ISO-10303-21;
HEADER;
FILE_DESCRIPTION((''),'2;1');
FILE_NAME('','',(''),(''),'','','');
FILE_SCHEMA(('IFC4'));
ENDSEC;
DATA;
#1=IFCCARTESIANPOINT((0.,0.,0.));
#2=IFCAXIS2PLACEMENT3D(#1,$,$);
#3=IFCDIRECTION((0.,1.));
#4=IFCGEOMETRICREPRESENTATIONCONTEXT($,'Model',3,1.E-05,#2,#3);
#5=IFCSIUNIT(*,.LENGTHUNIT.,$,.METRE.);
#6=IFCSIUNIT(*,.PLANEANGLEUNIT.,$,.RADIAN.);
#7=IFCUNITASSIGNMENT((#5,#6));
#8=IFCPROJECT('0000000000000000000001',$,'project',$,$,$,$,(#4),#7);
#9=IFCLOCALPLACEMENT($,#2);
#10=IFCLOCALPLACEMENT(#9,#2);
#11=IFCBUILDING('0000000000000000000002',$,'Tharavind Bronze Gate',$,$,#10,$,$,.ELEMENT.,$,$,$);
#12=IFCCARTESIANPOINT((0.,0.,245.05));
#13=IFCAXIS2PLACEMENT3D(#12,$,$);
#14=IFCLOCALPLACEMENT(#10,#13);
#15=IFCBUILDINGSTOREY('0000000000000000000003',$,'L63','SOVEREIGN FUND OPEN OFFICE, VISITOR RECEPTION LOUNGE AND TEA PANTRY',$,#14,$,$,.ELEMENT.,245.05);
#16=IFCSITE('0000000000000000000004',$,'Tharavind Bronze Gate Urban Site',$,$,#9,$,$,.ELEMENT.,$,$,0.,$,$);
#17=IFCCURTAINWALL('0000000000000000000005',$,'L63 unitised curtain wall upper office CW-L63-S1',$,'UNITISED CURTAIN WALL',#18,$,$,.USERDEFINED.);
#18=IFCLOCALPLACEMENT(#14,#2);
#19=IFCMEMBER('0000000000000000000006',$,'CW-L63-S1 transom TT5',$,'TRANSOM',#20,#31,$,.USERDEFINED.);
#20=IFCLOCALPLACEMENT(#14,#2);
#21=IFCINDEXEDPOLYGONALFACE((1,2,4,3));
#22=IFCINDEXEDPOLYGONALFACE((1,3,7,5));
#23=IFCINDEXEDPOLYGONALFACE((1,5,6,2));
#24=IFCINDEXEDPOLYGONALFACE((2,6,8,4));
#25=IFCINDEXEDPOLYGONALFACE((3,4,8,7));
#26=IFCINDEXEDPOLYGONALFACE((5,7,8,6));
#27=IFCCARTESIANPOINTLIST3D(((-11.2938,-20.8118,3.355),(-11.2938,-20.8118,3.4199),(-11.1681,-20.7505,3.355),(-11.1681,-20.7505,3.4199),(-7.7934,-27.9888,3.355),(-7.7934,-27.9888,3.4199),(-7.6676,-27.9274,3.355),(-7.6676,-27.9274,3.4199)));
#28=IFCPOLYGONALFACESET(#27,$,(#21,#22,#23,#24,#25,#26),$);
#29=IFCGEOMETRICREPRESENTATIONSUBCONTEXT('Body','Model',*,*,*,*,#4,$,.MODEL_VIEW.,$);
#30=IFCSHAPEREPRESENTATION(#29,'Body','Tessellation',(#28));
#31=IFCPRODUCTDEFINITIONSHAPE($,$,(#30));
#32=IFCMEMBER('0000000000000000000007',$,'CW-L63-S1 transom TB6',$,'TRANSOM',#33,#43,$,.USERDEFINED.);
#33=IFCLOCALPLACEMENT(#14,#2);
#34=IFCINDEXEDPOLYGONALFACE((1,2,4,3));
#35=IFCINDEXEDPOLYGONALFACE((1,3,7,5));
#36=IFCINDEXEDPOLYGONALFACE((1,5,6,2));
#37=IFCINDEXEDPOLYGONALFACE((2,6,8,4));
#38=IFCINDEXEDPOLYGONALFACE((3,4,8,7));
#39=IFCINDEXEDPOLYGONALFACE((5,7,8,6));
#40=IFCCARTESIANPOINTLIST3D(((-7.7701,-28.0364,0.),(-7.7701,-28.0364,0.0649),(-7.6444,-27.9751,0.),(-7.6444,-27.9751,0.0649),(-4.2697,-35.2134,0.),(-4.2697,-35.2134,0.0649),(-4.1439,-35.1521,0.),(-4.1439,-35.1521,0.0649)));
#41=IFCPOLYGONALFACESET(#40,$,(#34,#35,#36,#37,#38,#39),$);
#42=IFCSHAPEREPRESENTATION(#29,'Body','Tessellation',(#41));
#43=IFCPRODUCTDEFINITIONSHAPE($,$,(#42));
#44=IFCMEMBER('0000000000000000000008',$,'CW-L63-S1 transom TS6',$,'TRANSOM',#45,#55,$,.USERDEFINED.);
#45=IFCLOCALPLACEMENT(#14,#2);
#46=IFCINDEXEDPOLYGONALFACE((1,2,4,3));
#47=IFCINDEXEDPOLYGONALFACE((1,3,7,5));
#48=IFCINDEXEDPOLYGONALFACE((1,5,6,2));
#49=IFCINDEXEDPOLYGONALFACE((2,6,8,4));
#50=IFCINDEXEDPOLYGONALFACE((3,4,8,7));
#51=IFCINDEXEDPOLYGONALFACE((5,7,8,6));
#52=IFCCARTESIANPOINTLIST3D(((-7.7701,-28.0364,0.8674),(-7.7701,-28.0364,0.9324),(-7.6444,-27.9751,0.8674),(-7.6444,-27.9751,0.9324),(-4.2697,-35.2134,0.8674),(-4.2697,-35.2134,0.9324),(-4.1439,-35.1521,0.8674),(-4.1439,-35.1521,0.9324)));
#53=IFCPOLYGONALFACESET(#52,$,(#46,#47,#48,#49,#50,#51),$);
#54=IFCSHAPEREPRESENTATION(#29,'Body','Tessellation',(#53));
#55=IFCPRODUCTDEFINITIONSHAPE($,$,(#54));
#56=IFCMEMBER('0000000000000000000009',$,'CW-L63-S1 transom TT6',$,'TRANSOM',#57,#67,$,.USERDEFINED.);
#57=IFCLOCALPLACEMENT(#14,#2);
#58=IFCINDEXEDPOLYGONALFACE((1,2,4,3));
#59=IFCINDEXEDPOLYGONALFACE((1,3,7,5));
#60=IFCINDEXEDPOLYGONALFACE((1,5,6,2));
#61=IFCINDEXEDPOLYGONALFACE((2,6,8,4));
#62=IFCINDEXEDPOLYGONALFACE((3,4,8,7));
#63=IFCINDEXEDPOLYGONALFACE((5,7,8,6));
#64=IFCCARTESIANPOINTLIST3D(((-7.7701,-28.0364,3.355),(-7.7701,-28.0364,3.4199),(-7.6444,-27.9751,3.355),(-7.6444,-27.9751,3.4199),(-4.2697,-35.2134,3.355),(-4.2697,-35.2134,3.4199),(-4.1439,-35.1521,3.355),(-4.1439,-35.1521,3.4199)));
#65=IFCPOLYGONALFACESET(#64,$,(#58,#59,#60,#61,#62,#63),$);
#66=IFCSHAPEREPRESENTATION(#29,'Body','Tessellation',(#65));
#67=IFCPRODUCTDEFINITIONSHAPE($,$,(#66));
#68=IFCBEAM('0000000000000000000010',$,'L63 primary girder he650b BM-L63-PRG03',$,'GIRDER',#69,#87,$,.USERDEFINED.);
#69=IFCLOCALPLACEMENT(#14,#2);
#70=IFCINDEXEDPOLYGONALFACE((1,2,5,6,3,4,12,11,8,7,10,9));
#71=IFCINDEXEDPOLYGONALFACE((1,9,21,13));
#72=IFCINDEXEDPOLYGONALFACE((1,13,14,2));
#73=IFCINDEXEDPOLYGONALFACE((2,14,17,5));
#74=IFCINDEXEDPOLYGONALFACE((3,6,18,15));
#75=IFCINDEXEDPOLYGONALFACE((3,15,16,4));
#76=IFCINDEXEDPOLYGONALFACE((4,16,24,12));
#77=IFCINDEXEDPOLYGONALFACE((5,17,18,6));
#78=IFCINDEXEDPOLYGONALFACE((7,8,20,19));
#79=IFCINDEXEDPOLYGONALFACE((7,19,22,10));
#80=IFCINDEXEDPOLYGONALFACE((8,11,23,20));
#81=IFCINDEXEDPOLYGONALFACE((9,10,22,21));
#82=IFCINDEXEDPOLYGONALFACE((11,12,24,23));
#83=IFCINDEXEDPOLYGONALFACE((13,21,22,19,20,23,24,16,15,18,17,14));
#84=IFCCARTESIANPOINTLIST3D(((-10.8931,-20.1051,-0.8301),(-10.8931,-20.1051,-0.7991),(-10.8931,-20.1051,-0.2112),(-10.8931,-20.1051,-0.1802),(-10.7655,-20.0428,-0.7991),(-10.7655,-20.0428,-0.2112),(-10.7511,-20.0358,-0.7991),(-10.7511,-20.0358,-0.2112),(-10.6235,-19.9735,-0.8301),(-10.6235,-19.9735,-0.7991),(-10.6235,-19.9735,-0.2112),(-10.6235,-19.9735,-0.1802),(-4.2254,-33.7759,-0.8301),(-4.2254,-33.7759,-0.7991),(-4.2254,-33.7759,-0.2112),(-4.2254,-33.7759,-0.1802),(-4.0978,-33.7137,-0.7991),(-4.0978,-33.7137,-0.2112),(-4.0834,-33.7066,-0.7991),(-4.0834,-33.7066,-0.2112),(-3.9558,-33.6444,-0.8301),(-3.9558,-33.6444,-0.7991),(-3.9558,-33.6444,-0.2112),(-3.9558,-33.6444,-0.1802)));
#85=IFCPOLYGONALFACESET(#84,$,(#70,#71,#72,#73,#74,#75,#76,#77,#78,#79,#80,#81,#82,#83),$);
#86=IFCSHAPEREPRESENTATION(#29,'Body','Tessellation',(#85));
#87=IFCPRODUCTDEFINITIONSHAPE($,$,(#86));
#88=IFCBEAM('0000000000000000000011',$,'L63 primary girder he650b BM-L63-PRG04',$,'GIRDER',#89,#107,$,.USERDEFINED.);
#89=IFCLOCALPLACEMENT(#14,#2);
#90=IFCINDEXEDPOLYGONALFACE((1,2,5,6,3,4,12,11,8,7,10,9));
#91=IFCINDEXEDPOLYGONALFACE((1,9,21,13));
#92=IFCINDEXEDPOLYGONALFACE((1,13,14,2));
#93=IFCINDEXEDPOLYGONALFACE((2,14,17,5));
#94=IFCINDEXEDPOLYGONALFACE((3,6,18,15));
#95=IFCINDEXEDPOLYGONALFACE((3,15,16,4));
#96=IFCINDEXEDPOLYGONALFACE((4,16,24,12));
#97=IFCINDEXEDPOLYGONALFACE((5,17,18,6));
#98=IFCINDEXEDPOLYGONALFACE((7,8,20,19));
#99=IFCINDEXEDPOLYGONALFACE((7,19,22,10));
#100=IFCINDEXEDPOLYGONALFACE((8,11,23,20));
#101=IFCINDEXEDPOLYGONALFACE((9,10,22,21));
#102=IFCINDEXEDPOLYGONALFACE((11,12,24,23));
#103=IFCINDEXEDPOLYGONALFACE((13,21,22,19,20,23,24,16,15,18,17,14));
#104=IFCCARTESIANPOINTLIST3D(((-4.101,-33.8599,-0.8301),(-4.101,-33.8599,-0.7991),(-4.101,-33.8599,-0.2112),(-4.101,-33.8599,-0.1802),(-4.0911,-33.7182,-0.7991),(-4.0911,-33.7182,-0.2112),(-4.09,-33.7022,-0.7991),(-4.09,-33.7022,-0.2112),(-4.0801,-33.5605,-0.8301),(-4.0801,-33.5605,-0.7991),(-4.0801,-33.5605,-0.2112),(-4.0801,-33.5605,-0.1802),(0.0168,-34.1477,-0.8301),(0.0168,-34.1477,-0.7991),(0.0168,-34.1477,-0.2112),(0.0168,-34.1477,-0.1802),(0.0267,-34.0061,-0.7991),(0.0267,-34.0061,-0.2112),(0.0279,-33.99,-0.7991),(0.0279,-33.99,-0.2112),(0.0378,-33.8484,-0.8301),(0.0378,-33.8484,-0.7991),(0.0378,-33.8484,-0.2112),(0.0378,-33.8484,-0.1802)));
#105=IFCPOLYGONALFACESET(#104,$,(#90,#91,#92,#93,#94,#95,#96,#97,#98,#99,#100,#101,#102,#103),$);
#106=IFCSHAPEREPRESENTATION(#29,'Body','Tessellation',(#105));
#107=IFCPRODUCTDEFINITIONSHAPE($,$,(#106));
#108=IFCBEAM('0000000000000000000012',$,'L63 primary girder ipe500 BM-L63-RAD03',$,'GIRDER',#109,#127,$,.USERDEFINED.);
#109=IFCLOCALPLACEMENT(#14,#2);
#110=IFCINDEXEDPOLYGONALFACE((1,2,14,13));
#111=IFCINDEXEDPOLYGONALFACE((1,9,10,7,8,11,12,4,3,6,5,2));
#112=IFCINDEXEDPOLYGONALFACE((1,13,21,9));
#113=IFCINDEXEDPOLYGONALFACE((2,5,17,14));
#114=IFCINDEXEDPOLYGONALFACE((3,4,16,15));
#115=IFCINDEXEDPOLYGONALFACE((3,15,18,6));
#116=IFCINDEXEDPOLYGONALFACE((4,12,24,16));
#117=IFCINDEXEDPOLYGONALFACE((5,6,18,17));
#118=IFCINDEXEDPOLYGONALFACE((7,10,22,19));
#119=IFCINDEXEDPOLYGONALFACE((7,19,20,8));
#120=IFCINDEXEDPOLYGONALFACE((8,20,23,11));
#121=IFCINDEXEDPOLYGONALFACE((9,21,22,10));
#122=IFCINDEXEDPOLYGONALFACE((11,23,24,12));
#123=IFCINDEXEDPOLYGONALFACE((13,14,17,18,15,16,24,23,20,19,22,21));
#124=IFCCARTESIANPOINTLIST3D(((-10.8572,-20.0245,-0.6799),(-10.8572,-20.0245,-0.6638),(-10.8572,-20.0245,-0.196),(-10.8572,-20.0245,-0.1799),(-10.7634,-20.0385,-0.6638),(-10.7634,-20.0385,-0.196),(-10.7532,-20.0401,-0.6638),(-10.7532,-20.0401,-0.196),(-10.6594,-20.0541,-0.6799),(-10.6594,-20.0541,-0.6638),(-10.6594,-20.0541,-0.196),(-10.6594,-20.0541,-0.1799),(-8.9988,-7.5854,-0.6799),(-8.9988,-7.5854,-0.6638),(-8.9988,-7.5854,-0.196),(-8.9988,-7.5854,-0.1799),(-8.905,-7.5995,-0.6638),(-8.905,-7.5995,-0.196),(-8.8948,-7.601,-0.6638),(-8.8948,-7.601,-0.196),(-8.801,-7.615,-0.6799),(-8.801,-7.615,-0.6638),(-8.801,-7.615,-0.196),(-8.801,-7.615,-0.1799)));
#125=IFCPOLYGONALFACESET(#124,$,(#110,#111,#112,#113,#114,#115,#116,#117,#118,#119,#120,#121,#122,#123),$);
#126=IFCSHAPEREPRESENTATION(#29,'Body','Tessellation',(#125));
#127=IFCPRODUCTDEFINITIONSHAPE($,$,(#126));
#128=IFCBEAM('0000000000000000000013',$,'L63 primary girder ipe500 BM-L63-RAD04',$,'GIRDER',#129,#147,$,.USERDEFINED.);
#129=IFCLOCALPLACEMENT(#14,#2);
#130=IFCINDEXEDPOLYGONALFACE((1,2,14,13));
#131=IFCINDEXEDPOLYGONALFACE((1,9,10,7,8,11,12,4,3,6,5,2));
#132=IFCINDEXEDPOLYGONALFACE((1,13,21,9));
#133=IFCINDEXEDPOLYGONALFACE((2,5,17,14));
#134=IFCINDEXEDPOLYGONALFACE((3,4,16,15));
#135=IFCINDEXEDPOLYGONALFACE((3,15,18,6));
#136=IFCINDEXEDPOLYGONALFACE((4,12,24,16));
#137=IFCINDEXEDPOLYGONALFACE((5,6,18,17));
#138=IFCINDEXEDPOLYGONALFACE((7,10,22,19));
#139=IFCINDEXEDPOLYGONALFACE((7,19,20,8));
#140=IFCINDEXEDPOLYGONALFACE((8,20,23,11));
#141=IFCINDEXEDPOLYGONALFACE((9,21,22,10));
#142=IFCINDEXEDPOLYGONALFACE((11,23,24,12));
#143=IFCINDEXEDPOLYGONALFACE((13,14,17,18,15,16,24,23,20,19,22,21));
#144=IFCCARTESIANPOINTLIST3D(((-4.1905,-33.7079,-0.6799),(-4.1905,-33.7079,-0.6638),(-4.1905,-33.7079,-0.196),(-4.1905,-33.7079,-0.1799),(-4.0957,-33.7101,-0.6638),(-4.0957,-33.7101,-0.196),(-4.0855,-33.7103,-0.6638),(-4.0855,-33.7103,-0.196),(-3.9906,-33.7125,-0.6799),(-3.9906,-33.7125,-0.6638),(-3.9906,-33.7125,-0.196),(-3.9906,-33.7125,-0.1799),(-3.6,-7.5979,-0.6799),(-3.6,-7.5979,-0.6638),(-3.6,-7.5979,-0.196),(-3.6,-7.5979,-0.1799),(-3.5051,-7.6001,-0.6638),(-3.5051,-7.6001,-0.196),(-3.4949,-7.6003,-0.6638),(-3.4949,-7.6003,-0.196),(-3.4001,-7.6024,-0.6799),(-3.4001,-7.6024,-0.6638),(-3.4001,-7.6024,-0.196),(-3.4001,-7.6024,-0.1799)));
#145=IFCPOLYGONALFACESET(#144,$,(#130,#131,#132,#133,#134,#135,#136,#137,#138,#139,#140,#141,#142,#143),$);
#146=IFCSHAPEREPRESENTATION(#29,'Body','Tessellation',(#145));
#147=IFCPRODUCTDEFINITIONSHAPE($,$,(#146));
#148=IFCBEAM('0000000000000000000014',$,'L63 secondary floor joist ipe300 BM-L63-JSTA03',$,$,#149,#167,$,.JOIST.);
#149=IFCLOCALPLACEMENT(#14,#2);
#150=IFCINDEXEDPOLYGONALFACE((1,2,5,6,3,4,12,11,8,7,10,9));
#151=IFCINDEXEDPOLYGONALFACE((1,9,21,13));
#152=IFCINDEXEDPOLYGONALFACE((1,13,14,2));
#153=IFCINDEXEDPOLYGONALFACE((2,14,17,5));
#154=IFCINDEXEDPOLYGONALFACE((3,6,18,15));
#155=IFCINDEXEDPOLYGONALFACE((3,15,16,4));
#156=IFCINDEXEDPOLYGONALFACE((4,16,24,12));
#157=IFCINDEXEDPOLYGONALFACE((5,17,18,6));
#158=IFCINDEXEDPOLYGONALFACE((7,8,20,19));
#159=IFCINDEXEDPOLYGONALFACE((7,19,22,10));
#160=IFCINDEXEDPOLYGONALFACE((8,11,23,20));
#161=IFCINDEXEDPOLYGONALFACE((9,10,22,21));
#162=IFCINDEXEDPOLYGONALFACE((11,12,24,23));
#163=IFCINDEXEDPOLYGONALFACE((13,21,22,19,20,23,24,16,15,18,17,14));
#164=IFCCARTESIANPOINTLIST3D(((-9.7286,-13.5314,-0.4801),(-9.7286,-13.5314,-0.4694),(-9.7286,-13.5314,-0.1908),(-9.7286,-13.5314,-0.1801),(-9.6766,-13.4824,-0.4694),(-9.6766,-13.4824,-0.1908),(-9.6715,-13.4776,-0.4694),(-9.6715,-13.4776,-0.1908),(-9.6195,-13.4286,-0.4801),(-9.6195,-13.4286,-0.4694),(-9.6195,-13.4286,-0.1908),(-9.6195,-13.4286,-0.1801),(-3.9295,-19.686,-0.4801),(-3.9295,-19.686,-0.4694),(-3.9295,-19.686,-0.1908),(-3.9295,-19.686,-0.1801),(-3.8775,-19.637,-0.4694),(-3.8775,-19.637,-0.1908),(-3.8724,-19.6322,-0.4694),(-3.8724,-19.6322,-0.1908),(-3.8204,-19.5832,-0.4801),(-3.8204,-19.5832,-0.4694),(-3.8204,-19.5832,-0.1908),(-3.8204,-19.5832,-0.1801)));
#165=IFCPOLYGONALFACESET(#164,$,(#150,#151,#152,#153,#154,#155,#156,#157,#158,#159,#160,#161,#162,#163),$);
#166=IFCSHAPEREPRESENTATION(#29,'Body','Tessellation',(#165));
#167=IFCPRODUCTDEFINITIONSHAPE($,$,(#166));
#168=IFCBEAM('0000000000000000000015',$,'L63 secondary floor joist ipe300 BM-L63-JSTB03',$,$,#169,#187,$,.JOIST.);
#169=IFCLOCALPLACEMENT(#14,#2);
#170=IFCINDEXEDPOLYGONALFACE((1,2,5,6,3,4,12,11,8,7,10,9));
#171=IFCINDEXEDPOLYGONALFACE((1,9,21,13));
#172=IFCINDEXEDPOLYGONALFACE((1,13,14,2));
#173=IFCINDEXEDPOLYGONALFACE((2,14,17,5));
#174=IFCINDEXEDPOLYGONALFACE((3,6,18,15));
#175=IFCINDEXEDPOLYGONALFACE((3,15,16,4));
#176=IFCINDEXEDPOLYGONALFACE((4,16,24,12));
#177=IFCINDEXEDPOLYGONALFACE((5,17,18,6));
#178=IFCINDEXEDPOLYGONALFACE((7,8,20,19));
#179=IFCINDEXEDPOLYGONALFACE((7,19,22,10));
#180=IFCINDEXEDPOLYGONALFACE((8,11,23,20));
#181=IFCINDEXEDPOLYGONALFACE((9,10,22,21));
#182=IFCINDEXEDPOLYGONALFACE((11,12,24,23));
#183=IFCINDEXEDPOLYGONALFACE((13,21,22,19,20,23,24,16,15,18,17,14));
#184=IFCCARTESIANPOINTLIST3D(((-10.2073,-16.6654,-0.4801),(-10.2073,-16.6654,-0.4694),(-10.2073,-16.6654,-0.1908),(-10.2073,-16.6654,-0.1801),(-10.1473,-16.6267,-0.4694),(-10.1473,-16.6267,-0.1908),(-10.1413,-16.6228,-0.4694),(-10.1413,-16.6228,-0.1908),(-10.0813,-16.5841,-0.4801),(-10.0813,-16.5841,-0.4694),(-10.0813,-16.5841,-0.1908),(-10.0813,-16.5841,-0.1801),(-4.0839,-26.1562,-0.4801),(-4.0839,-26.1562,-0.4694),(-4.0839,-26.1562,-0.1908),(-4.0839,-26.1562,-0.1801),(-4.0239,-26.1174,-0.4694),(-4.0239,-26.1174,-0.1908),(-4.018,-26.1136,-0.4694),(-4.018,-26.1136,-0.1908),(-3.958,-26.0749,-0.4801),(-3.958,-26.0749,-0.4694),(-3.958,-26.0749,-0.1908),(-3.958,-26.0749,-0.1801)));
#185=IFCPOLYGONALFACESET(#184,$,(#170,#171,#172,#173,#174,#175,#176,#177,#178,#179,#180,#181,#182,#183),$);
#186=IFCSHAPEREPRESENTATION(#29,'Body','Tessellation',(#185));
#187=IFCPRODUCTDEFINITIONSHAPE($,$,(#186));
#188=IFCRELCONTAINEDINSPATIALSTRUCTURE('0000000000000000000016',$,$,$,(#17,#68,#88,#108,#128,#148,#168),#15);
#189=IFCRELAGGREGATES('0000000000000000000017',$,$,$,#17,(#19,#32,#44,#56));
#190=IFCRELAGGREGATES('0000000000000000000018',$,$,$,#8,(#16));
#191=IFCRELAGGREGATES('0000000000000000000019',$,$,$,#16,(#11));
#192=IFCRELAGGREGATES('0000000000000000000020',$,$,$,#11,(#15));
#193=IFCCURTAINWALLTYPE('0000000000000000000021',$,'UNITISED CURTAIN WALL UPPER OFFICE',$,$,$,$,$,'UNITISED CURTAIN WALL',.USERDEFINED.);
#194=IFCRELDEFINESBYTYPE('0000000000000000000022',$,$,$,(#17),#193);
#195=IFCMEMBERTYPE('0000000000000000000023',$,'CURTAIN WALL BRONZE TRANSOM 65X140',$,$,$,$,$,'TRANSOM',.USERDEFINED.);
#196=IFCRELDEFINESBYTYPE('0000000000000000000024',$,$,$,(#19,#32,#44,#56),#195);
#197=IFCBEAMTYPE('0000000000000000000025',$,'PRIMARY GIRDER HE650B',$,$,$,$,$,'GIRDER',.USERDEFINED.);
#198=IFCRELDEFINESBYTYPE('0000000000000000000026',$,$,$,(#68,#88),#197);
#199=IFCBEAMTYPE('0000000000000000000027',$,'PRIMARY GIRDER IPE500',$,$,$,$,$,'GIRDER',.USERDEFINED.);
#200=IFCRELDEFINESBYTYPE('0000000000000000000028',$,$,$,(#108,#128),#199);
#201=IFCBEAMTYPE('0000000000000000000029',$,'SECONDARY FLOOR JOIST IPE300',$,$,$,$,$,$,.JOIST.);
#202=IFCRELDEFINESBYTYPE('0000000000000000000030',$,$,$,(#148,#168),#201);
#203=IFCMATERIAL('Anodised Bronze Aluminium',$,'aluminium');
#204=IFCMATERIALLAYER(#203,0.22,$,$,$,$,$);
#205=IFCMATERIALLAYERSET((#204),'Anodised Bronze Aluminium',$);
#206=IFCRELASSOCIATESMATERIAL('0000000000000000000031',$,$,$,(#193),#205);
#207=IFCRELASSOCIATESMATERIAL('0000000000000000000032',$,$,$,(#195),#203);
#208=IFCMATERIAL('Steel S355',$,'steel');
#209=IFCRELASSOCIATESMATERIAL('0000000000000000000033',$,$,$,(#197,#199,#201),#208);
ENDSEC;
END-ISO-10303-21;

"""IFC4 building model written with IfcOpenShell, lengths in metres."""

from ifc_helpers import new_model, si_unit, direction, frame, origin, origin_2d, place, context, subcontext, project, spatial, rectangle, i_section, extrude, material, layer, layer_set, material_profile, profile_set, type_object, element, aggregate, save


model = new_model("IFC4")

# Units and contexts
model_context = context("Model", 3, precision=1e-05, world=origin(), true_north=direction((0.0, 1.0)))
body_context = subcontext(model_context, "Body", "Model", "MODEL_VIEW")
ifc_project = project(units=[si_unit("LENGTHUNIT", "METRE"), si_unit("PLANEANGLEUNIT", "RADIAN")], contexts=[model_context])

# Site, building, storey
site_placement = place(None, origin())
site = spatial("IfcSite", under=ifc_project, at=site_placement, Name="Tharavind Bronze Gate Urban Site", CompositionType="ELEMENT", RefElevation=0.0)
building_placement = place(site_placement, origin())
building = spatial("IfcBuilding", under=site, at=building_placement, Name="Tharavind Bronze Gate", CompositionType="ELEMENT")
storey_placement = place(building_placement, frame((0.0, 0.0, 245.05)))
storey = spatial("IfcBuildingStorey", under=building, at=storey_placement, Name="L63", Description="SOVEREIGN FUND OPEN OFFICE, VISITOR RECEPTION LOUNGE AND TEA PANTRY", CompositionType="ELEMENT", Elevation=245.05)

# Curtain wall
ifc_material_1 = material(Name="Anodised Bronze Aluminium", Category="aluminium")
ifc_layer_1 = layer(ifc_material_1, 0.22)
ifc_layer_set_1 = layer_set([ifc_layer_1], Name="Anodised Bronze Aluminium")
curtain_wall_type = type_object("IfcCurtainWallType", Name="UNITISED CURTAIN WALL UPPER OFFICE", ElementType="UNITISED CURTAIN WALL", PredefinedType="USERDEFINED", material=ifc_layer_set_1)
curtain_wall_1_placement = place(storey_placement, origin())
curtain_wall_1 = element("IfcCurtainWall", 1, at=curtain_wall_1_placement, inside=storey, type_object=curtain_wall_type, Name="L63 unitised curtain wall upper office CW-L63-S1", ObjectType="UNITISED CURTAIN WALL", PredefinedType="USERDEFINED")

# Members
member_type_1 = type_object("IfcMemberType", Name="CURTAIN WALL BRONZE TRANSOM 65X140", ElementType="TRANSOM", PredefinedType="USERDEFINED", material=ifc_material_1)
member_1_placement = place(storey_placement, frame((-9.4807, -24.3696, 3.355), z_axis=(0.0, 0.0, 1.0), x_axis=(0.438371, -0.898794, 0.0)))
member_1 = element("IfcMember", 2, at=member_1_placement, type_object=member_type_1, Name="CW-L63-S1 transom TT5", ObjectType="TRANSOM", PredefinedType="USERDEFINED", context=body_context, shape_type="SweptSolid", body=[
    extrude(rectangle(XDim=7.9851, YDim=0.1399, at=origin_2d()), origin(), (0.0, 0.0, 1.0), 0.0649),
])
member_2_placement = place(storey_placement, frame((-5.957, -31.5942, 0.0), z_axis=(0.0, 0.0, 1.0), x_axis=(0.438371, -0.898794, 0.0)))
member_2 = element("IfcMember", 3, at=member_2_placement, type_object=member_type_1, Name="CW-L63-S1 transom TB6", ObjectType="TRANSOM", PredefinedType="USERDEFINED", context=body_context, shape_type="SweptSolid", body=[
    extrude(rectangle(XDim=7.9851, YDim=0.1399, at=origin_2d()), origin(), (0.0, 0.0, 1.0), 0.0649),
])
member_3_placement = place(storey_placement, frame((-5.957, -31.5942, 0.8674), z_axis=(0.0, 0.0, 1.0), x_axis=(0.438371, -0.898794, 0.0)))
member_3 = element("IfcMember", 4, at=member_3_placement, type_object=member_type_1, Name="CW-L63-S1 transom TS6", ObjectType="TRANSOM", PredefinedType="USERDEFINED", context=body_context, shape_type="SweptSolid", body=[
    extrude(rectangle(XDim=7.9851, YDim=0.1399, at=origin_2d()), origin(), (0.0, 0.0, 1.0), 0.0649),
])
member_4_placement = place(storey_placement, frame((-5.957, -31.5942, 3.355), z_axis=(0.0, 0.0, 1.0), x_axis=(0.438371, -0.898794, 0.0)))
member_4 = element("IfcMember", 5, at=member_4_placement, type_object=member_type_1, Name="CW-L63-S1 transom TT6", ObjectType="TRANSOM", PredefinedType="USERDEFINED", context=body_context, shape_type="SweptSolid", body=[
    extrude(rectangle(XDim=7.9851, YDim=0.1399, at=origin_2d()), origin(), (0.0, 0.0, 1.0), 0.0649),
])

# Beams
ifc_material_2 = material(Name="Steel S355", Category="steel")
ifc_material_profile_1 = material_profile(ifc_material_2, i_section(OverallWidth=0.3, OverallDepth=0.6499, WebThickness=0.0161, FlangeThickness=0.031, at=origin_2d()), Name="HE650B")
ifc_profile_set_1 = profile_set([ifc_material_profile_1], Name="Steel S355")
beam_type_1 = type_object("IfcBeamType", Name="PRIMARY GIRDER HE650B", ElementType="GIRDER", PredefinedType="USERDEFINED", material=ifc_profile_set_1)
beam_1_placement = place(storey_placement, frame((-10.7583, -20.0393, -0.5051), z_axis=(0.43837, -0.898795, 0.0), x_axis=(0.898795, 0.43837, 0.0)))
element("IfcBeam", 6, at=beam_1_placement, inside=storey, type_object=beam_type_1, Name="L63 primary girder he650b BM-L63-PRG03", ObjectType="GIRDER", PredefinedType="USERDEFINED", context=body_context, shape_type="SweptSolid", body=[
    extrude(i_section(OverallWidth=0.3, OverallDepth=0.6499, WebThickness=0.0161, FlangeThickness=0.031, at=origin_2d()), origin(), (0.0, 0.0, 1.0), 15.2102),
])
beam_2_placement = place(storey_placement, frame((-4.0906, -33.7102, -0.5051), z_axis=(0.997566, -0.06973, 0.0), x_axis=(0.06973, 0.997566, 0.0)))
element("IfcBeam", 7, at=beam_2_placement, inside=storey, type_object=beam_type_1, Name="L63 primary girder he650b BM-L63-PRG04", ObjectType="GIRDER", PredefinedType="USERDEFINED", context=body_context, shape_type="SweptSolid", body=[
    extrude(i_section(OverallWidth=0.3, OverallDepth=0.6499, WebThickness=0.0161, FlangeThickness=0.031, at=origin_2d()), origin(), (0.0, 0.0, 1.0), 4.1279),
])
ifc_material_profile_2 = material_profile(ifc_material_2, i_section(OverallWidth=0.2, OverallDepth=0.5, WebThickness=0.0103, FlangeThickness=0.0161, at=origin_2d()), Name="IPE500")
ifc_profile_set_2 = profile_set([ifc_material_profile_2], Name="Steel S355")
beam_type_2 = type_object("IfcBeamType", Name="PRIMARY GIRDER IPE500", ElementType="GIRDER", PredefinedType="USERDEFINED", material=ifc_profile_set_2)
beam_3_placement = place(storey_placement, frame((-10.7583, -20.0393, -0.4299), z_axis=(0.147759, 0.989023, 0.0), x_axis=(-0.989023, 0.147759, 0.0)))
element("IfcBeam", 8, at=beam_3_placement, inside=storey, type_object=beam_type_2, Name="L63 primary girder ipe500 BM-L63-RAD03", ObjectType="GIRDER", PredefinedType="USERDEFINED", context=body_context, shape_type="SweptSolid", body=[
    extrude(i_section(OverallWidth=0.2, OverallDepth=0.5, WebThickness=0.0103, FlangeThickness=0.0161, at=origin_2d()), origin(), (0.0, 0.0, 1.0), 12.5771),
])
beam_4_placement = place(storey_placement, frame((-4.0906, -33.7102, -0.4299), z_axis=(0.022613, 0.999744, 0.0), x_axis=(-0.999744, 0.022613, 0.0)))
element("IfcBeam", 9, at=beam_4_placement, inside=storey, type_object=beam_type_2, Name="L63 primary girder ipe500 BM-L63-RAD04", ObjectType="GIRDER", PredefinedType="USERDEFINED", context=body_context, shape_type="SweptSolid", body=[
    extrude(i_section(OverallWidth=0.2, OverallDepth=0.5, WebThickness=0.0103, FlangeThickness=0.0161, at=origin_2d()), origin(), (0.0, 0.0, 1.0), 26.1167),
])
ifc_material_profile_3 = material_profile(ifc_material_2, i_section(OverallWidth=0.1499, OverallDepth=0.3, WebThickness=0.0071, FlangeThickness=0.0107, at=origin_2d()), Name="IPE300")
ifc_profile_set_3 = profile_set([ifc_material_profile_3], Name="Steel S355")
beam_type_3 = type_object("IfcBeamType", Name="SECONDARY FLOOR JOIST IPE300", PredefinedType="JOIST", material=ifc_profile_set_3)
beam_5_placement = place(storey_placement, frame((-9.6741, -13.48, -0.3301), z_axis=(0.685776, -0.727813, 0.0), x_axis=(0.727813, 0.685776, 0.0)))
element("IfcBeam", 10, at=beam_5_placement, inside=storey, type_object=beam_type_3, Name="L63 secondary floor joist ipe300 BM-L63-JSTA03", PredefinedType="JOIST", context=body_context, shape_type="SweptSolid", body=[
    extrude(i_section(OverallWidth=0.1499, OverallDepth=0.3, WebThickness=0.0071, FlangeThickness=0.0107, at=origin_2d()), origin(), (0.0, 0.0, 1.0), 8.4563),
])
beam_6_placement = place(storey_placement, frame((-10.1443, -16.6248, -0.3301), z_axis=(0.542142, -0.840287, 0.0), x_axis=(0.840287, 0.542142, 0.0)))
element("IfcBeam", 11, at=beam_6_placement, inside=storey, type_object=beam_type_3, Name="L63 secondary floor joist ipe300 BM-L63-JSTB03", PredefinedType="JOIST", context=body_context, shape_type="SweptSolid", body=[
    extrude(i_section(OverallWidth=0.1499, OverallDepth=0.3, WebThickness=0.0071, FlangeThickness=0.0107, at=origin_2d()), origin(), (0.0, 0.0, 1.0), 11.2947),
])

aggregate(curtain_wall_1, [member_1, member_2, member_3, member_4])

save(model, "model.ifc")
